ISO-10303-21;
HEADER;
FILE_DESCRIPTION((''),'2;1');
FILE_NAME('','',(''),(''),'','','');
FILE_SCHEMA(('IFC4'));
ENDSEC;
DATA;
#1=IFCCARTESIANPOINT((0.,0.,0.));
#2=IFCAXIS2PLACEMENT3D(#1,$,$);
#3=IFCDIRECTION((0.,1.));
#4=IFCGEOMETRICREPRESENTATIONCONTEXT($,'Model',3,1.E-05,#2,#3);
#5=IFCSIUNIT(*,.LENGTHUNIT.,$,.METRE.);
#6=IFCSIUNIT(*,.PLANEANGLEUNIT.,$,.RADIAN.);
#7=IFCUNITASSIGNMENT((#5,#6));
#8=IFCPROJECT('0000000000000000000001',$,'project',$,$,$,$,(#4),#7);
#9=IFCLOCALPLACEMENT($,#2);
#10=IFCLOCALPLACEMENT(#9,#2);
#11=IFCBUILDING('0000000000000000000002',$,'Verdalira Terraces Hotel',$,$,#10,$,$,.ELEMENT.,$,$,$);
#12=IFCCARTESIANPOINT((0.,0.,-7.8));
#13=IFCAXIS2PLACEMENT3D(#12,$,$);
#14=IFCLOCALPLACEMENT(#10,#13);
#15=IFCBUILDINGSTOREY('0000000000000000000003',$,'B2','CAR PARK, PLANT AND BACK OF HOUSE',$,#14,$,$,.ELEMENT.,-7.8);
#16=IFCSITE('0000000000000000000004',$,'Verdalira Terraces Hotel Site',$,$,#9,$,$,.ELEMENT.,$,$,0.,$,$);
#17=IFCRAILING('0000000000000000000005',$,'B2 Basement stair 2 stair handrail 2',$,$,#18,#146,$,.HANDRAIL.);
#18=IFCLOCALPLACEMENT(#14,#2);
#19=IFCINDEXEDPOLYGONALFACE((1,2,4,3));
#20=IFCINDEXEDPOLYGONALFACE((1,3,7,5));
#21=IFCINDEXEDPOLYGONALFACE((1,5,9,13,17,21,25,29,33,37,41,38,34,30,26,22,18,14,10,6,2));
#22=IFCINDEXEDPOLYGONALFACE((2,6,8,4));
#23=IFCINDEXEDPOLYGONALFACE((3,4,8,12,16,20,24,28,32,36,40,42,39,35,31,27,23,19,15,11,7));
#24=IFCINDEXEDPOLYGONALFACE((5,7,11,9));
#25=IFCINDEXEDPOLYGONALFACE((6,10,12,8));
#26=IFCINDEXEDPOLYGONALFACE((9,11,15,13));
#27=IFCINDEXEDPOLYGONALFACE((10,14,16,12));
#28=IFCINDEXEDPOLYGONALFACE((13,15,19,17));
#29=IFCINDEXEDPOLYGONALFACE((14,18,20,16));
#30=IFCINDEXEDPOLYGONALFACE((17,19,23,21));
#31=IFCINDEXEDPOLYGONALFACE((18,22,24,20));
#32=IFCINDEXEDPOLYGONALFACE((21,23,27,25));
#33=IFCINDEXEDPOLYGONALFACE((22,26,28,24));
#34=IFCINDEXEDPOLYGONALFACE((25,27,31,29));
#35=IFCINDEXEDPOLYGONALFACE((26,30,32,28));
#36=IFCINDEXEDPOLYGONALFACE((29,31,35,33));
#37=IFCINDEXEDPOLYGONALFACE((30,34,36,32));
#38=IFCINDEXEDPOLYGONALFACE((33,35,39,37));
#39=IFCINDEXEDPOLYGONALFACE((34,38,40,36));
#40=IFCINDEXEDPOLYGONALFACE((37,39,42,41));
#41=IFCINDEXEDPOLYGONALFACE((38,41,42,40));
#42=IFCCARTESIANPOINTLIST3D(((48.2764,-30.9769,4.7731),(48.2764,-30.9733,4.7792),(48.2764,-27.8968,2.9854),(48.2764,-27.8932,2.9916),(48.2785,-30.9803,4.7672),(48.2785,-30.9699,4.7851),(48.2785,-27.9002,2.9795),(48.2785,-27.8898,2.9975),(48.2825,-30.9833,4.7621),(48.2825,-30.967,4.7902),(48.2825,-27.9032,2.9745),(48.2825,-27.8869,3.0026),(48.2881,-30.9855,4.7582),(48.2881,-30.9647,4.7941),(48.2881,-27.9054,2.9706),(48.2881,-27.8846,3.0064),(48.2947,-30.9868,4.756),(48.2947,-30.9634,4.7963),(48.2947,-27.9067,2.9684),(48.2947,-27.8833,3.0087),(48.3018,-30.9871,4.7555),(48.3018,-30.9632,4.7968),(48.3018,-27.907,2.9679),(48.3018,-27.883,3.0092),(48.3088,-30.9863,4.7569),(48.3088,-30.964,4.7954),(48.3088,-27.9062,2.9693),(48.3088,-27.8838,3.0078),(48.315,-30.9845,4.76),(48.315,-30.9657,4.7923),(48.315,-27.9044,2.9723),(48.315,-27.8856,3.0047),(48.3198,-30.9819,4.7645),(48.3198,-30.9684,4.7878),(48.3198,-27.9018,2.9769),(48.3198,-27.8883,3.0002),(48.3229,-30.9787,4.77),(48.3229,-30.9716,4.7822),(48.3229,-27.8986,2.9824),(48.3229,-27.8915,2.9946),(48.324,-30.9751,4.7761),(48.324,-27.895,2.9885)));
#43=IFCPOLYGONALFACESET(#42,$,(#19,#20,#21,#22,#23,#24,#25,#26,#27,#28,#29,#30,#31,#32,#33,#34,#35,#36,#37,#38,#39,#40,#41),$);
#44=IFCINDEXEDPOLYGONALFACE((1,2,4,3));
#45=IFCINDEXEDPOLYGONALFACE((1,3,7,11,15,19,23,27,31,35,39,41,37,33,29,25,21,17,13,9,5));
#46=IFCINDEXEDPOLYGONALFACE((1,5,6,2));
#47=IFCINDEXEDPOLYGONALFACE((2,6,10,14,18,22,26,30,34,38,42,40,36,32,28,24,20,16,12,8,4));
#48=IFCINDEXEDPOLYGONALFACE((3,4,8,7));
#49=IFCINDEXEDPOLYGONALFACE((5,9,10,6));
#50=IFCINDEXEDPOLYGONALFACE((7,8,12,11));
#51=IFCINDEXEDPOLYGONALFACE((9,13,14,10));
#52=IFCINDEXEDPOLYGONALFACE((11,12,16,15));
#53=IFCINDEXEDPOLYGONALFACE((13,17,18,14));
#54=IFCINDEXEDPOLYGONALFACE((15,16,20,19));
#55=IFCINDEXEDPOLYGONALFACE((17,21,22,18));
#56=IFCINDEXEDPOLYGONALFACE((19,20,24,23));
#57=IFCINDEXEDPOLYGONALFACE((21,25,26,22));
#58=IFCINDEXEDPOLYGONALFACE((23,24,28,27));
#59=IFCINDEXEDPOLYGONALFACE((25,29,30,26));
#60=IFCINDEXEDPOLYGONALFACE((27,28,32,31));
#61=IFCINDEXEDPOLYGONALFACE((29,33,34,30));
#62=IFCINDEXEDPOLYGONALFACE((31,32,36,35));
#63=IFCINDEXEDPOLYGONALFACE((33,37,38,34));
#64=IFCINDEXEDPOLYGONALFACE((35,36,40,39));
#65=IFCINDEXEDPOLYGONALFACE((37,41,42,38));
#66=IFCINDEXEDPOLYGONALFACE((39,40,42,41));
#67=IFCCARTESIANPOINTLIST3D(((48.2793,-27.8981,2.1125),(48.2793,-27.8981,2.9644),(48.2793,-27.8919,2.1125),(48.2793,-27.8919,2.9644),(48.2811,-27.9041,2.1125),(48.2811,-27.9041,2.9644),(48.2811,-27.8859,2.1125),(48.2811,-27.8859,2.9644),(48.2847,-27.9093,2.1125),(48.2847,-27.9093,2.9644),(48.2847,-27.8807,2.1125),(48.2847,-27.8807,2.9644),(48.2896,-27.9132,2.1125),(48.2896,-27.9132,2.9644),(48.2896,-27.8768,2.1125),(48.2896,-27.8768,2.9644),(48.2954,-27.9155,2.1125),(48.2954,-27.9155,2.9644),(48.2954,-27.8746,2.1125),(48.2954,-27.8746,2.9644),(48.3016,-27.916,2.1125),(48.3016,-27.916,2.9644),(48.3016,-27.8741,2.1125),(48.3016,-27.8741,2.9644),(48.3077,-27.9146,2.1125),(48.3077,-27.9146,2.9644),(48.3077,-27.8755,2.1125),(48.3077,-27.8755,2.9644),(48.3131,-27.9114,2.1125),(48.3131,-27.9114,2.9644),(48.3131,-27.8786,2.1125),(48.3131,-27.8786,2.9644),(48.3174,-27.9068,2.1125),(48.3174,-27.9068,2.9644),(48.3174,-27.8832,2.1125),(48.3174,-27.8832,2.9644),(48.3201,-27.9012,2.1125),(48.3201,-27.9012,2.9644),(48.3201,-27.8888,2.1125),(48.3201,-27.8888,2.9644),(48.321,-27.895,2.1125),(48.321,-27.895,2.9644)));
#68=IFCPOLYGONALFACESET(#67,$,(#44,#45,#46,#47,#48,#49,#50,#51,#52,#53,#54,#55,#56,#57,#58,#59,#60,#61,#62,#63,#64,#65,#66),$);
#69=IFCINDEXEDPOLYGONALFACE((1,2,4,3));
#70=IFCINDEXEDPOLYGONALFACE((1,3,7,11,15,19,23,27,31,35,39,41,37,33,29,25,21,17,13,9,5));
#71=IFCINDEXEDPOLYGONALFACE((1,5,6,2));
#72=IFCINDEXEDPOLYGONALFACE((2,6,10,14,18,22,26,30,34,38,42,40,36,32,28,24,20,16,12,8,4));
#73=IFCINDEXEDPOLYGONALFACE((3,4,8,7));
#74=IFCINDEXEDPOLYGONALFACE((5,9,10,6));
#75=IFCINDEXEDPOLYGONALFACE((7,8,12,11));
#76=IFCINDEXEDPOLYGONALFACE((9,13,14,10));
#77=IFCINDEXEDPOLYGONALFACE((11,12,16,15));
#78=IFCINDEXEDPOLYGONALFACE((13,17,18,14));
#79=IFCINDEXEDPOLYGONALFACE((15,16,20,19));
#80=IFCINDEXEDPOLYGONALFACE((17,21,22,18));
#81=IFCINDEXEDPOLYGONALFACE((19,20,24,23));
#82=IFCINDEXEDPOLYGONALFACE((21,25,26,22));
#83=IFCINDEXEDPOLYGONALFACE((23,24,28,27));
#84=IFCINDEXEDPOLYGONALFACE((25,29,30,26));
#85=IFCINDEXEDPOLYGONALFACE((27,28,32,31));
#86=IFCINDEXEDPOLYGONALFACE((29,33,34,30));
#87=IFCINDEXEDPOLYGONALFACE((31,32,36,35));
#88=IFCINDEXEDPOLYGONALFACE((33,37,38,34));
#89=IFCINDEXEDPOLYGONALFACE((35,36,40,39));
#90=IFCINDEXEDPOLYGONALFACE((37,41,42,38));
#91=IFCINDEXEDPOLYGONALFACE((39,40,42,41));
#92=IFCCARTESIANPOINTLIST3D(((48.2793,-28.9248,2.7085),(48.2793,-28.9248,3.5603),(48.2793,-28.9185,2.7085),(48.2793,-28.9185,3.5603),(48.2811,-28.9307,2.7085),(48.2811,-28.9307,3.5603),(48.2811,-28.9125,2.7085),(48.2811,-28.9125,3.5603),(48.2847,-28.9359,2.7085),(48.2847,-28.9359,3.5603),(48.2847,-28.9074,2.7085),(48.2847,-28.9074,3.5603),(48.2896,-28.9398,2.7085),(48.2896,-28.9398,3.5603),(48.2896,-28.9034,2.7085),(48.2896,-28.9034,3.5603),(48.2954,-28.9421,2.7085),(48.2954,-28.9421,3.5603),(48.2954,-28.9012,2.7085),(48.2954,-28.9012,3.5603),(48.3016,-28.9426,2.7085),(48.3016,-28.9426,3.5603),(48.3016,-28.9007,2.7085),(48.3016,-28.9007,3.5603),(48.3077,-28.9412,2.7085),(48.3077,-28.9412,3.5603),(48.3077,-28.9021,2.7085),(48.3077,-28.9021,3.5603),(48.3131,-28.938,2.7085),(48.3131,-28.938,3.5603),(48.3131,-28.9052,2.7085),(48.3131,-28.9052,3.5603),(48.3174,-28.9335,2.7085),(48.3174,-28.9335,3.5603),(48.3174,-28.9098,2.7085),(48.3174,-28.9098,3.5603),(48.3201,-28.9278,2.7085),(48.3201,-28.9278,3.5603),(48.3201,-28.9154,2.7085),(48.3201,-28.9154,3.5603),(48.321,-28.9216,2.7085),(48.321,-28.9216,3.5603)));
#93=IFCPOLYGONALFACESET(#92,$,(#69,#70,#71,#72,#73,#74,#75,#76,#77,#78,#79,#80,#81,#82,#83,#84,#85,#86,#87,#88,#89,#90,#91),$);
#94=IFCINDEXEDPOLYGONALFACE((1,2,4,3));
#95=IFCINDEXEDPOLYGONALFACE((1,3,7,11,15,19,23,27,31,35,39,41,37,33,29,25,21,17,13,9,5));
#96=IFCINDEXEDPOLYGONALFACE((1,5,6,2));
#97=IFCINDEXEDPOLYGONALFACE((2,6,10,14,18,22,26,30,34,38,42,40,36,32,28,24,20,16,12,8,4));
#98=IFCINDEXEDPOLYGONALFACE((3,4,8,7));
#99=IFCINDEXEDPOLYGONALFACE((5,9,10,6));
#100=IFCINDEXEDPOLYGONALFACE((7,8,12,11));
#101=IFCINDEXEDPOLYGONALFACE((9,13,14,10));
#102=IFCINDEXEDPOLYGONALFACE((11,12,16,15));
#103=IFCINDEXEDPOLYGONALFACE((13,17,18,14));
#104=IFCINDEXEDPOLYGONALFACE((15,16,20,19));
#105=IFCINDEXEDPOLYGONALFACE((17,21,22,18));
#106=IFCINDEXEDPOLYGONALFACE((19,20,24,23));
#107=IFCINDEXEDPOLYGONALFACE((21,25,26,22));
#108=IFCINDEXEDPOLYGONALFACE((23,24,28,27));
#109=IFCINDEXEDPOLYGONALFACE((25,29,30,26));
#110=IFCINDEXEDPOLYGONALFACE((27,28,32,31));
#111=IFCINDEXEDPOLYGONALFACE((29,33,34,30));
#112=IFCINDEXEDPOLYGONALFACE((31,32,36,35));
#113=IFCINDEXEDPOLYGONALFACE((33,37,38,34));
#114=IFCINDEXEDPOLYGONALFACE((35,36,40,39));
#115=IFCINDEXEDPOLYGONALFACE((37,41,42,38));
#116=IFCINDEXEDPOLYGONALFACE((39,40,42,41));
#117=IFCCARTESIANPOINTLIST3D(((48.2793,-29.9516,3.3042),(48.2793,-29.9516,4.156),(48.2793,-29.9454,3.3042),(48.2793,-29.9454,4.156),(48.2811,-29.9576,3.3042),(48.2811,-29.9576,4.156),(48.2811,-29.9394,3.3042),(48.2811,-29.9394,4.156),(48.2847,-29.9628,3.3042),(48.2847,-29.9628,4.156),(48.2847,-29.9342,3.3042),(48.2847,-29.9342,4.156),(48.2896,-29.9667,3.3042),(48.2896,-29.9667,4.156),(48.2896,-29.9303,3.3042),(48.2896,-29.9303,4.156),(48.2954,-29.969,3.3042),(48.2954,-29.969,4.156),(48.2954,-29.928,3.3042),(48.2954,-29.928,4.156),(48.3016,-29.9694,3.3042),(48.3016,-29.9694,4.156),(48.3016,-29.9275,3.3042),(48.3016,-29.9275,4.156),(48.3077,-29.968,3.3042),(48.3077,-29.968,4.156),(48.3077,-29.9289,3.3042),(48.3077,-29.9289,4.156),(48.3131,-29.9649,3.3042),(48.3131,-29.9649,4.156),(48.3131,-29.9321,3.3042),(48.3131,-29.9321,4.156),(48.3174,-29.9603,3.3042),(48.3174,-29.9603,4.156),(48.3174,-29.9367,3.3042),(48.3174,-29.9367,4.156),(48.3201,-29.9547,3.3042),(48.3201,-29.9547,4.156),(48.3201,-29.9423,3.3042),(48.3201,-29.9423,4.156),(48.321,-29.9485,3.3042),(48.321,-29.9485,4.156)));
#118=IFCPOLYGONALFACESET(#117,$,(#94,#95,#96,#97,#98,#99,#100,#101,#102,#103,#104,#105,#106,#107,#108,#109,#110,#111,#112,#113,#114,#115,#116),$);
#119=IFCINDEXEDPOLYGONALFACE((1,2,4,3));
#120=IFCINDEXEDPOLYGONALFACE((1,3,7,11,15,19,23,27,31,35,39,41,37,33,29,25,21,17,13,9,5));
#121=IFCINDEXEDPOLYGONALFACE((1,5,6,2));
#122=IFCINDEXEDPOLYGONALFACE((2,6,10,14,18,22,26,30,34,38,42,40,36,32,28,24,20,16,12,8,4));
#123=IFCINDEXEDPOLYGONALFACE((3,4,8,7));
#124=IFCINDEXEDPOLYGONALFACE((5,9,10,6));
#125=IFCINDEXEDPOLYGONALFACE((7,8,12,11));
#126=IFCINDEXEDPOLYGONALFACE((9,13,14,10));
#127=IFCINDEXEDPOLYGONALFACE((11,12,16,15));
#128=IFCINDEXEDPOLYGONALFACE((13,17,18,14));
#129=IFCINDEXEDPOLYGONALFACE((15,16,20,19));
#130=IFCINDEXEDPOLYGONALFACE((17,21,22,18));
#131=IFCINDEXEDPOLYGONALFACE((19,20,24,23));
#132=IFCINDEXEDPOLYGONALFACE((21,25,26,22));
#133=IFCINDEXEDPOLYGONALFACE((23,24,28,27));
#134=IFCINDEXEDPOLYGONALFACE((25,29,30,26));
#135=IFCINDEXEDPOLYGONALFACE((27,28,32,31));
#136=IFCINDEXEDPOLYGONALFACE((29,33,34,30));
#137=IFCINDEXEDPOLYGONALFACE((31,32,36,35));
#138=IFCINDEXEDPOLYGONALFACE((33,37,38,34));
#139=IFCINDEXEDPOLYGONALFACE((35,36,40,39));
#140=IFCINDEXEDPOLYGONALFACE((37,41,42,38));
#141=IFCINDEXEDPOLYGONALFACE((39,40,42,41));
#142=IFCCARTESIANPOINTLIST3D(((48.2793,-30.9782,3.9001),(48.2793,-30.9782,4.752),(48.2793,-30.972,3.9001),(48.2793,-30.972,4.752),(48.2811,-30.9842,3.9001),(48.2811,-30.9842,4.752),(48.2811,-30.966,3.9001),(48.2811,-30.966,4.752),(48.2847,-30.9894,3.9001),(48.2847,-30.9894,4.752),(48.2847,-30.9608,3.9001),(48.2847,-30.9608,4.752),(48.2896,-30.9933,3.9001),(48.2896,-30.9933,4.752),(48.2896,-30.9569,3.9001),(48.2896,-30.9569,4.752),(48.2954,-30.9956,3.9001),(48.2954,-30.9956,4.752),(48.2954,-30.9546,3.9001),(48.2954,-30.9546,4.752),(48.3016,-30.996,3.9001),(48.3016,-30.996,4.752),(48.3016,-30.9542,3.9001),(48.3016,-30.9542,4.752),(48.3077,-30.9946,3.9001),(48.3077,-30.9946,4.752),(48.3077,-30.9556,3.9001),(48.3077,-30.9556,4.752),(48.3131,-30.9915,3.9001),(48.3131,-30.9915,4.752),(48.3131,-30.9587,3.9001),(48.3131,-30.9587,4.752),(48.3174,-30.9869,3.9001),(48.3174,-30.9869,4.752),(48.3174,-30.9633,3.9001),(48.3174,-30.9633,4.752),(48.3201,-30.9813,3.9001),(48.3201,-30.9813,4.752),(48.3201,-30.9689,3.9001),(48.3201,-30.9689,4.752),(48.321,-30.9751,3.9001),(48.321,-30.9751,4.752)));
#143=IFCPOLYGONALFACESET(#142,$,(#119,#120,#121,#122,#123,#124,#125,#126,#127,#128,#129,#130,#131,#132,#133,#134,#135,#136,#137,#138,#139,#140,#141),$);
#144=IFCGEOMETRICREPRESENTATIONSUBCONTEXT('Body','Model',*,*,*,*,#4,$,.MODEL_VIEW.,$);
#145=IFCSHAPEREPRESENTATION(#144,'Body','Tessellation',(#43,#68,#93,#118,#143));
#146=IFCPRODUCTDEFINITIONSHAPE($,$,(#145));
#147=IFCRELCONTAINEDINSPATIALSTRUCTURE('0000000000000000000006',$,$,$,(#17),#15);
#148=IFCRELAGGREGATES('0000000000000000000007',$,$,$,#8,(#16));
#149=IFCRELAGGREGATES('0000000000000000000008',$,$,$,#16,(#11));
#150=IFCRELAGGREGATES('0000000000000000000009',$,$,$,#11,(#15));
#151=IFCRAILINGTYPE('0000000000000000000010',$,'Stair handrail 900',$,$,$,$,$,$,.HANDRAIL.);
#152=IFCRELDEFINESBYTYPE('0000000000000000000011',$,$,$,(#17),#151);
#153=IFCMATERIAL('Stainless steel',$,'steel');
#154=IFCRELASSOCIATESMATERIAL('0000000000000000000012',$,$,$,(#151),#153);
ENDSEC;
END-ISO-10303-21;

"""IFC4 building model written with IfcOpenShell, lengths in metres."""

from ifc_helpers import new_model, si_unit, direction, frame, origin, origin_2d, place, context, subcontext, project, spatial, circle, extrude, material, type_object, element, save


model = new_model("IFC4")

# Units and contexts
model_context = context("Model", 3, precision=1e-05, world=origin(), true_north=direction((0.0, 1.0)))
body_context = subcontext(model_context, "Body", "Model", "MODEL_VIEW")
ifc_project = project(units=[si_unit("LENGTHUNIT", "METRE"), si_unit("PLANEANGLEUNIT", "RADIAN")], contexts=[model_context])

# Site, building, storey
site_placement = place(None, origin())
site = spatial("IfcSite", under=ifc_project, at=site_placement, Name="Verdalira Terraces Hotel Site", CompositionType="ELEMENT", RefElevation=0.0)
building_placement = place(site_placement, origin())
building = spatial("IfcBuilding", under=site, at=building_placement, Name="Verdalira Terraces Hotel", CompositionType="ELEMENT")
storey_placement = place(building_placement, frame((0.0, 0.0, -7.8)))
storey = spatial("IfcBuildingStorey", under=building, at=storey_placement, Name="B2", Description="CAR PARK, PLANT AND BACK OF HOUSE", CompositionType="ELEMENT", Elevation=-7.8)

# Railing
ifc_material_1 = material(Name="Stainless steel", Category="steel")
railing_type_1 = type_object("IfcRailingType", Name="Stair handrail 900", PredefinedType="HANDRAIL", material=ifc_material_1)
railing_1_placement = place(storey_placement, frame((48.3, -27.895, 2.1125)))
element("IfcRailing", 1, at=railing_1_placement, inside=storey, type_object=railing_type_1, Name="B2 Basement stair 2 stair handrail 2", PredefinedType="HANDRAIL", context=body_context, shape_type="SweptSolid", body=[
    extrude(circle(Radius=0.0239, at=origin_2d()), frame((0.0, 0.0, 0.876), z_axis=(0.0, -0.864891, 0.50196), x_axis=(1.0, 0.0, 0.0)), (0.0, 0.0, 1.0), 3.5613),
    extrude(circle(Radius=0.021, at=origin_2d()), origin(), (0.0, 0.0, 1.0), 0.8518),
    extrude(circle(Radius=0.021, at=origin_2d()), frame((0.0, -1.0266, 0.5959)), (0.0, 0.0, 1.0), 0.8518),
    extrude(circle(Radius=0.021, at=origin_2d()), frame((0.0, -2.0535, 1.1917)), (0.0, 0.0, 1.0), 0.8518),
    extrude(circle(Radius=0.021, at=origin_2d()), frame((0.0, -3.0801, 1.7876)), (0.0, 0.0, 1.0), 0.8518),
])

save(model, "model.ifc")
